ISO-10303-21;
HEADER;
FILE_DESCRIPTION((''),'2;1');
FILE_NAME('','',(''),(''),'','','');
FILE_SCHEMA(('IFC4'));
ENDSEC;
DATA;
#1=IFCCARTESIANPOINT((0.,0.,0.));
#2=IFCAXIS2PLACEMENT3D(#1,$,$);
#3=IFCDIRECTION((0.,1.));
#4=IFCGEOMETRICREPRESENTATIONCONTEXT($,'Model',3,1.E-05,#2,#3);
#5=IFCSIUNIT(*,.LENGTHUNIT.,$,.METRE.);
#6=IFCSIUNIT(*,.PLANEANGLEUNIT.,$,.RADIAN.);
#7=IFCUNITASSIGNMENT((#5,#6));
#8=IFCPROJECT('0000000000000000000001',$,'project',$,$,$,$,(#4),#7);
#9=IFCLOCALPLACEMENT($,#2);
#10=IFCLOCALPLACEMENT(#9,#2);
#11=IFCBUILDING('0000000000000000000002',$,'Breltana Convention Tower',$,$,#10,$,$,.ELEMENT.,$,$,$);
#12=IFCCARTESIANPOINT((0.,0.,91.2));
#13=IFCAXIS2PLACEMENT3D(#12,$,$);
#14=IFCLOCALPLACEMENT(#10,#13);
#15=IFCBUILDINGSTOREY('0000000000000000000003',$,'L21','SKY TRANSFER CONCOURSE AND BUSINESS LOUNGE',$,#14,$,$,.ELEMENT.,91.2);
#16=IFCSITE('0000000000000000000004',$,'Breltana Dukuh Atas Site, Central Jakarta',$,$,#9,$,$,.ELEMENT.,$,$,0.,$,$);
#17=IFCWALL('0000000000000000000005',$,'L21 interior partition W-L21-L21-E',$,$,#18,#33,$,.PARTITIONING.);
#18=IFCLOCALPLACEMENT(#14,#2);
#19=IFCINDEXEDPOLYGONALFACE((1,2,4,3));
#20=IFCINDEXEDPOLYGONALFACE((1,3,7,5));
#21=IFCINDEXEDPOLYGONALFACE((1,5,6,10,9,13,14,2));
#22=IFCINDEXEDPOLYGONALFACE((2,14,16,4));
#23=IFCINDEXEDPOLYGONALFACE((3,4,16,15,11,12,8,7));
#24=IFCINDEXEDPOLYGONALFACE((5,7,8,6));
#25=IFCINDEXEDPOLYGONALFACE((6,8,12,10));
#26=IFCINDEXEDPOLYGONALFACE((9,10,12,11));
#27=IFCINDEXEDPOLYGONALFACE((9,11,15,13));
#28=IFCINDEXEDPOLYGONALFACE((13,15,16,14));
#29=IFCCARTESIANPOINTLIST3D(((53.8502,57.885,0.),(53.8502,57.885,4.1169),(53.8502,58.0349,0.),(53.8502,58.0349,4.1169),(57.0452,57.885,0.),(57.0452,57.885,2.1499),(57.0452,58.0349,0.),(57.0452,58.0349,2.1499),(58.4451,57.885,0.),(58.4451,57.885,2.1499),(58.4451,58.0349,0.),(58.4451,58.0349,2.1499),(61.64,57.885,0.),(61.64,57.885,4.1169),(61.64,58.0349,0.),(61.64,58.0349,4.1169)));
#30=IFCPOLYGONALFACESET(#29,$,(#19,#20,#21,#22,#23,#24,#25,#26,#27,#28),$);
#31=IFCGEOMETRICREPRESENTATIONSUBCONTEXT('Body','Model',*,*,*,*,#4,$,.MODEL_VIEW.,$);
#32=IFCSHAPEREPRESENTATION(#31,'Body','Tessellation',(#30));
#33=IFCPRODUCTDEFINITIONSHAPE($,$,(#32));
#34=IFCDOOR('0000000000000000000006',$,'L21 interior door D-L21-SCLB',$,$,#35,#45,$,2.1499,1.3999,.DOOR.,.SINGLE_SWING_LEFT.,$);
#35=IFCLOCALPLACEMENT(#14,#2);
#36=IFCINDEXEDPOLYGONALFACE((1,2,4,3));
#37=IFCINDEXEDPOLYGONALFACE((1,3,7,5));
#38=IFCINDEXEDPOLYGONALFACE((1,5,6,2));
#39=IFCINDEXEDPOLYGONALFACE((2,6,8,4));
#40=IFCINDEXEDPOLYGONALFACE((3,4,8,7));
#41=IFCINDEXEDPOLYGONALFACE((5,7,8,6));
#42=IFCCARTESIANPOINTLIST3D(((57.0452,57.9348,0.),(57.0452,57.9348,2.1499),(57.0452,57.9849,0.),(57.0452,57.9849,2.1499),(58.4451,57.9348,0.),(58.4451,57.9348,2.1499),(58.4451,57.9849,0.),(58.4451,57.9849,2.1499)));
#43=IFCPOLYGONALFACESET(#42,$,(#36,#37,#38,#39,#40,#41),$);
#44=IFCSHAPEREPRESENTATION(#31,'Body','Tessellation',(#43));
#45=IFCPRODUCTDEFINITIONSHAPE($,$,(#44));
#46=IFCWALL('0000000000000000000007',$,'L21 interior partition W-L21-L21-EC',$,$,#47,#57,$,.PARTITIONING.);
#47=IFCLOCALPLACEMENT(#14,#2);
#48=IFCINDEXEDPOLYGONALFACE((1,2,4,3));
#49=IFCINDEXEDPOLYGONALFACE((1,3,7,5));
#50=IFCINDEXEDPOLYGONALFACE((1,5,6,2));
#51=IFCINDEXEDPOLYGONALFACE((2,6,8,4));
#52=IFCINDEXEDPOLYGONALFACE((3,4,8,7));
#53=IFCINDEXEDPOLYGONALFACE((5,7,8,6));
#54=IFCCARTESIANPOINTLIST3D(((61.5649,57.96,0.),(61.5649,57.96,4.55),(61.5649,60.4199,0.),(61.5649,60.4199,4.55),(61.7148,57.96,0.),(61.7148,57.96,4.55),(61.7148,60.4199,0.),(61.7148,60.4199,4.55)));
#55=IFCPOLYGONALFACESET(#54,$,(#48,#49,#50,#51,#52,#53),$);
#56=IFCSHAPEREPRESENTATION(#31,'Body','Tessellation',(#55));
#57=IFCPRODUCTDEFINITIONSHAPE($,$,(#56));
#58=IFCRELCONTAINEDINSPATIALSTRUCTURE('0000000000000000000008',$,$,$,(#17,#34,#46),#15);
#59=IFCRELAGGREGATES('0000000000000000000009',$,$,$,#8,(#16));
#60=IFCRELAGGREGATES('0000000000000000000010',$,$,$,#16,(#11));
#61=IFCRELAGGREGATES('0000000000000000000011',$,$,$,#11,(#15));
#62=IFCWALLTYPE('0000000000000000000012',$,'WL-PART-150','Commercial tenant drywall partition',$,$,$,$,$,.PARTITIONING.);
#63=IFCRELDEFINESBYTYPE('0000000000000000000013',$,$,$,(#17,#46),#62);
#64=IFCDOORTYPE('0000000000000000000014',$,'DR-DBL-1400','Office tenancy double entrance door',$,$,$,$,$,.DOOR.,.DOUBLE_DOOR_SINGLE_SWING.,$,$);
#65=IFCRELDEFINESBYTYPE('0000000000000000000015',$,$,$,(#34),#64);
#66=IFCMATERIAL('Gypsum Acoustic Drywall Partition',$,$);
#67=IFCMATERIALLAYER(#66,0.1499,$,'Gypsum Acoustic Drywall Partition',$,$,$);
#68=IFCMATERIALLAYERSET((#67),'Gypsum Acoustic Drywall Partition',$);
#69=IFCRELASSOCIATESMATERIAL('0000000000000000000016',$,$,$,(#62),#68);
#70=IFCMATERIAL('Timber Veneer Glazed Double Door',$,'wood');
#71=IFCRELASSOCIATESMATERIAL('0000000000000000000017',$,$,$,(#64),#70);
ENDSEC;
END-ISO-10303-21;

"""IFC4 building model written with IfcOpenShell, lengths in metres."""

from ifc_helpers import new_model, si_unit, direction, frame, frame_2d, origin, place, context, subcontext, project, spatial, rectangle, extrude, source, transform, mapped, material, layer, layer_set, type_object, type_shapes, element, fill, save


model = new_model("IFC4")

# Units and contexts
model_context = context("Model", 3, precision=1e-05, world=origin(), true_north=direction((0.0, 1.0)))
body_context = subcontext(model_context, "Body", "Model", "MODEL_VIEW")
ifc_project = project(units=[si_unit("LENGTHUNIT", "METRE"), si_unit("PLANEANGLEUNIT", "RADIAN")], contexts=[model_context])

# Site, building, storey
site_placement = place(None, origin())
site = spatial("IfcSite", under=ifc_project, at=site_placement, Name="Breltana Dukuh Atas Site, Central Jakarta", CompositionType="ELEMENT", RefElevation=0.0)
building_placement = place(site_placement, origin())
building = spatial("IfcBuilding", under=site, at=building_placement, Name="Breltana Convention Tower", CompositionType="ELEMENT")
storey_placement = place(building_placement, frame((0.0, 0.0, 91.2)))
storey = spatial("IfcBuildingStorey", under=building, at=storey_placement, Name="L21", Description="SKY TRANSFER CONCOURSE AND BUSINESS LOUNGE", CompositionType="ELEMENT", Elevation=91.2)

# Shared definitions
ifc_material_1 = material(Name="Gypsum Acoustic Drywall Partition")
ifc_layer_1 = layer(ifc_material_1, 0.1499, Name="Gypsum Acoustic Drywall Partition")
ifc_layer_set_1 = layer_set([ifc_layer_1], Name="Gypsum Acoustic Drywall Partition")
wall_type_1 = type_object("IfcWallType", Name="WL-PART-150", Description="Commercial tenant drywall partition", PredefinedType="PARTITIONING", material=ifc_layer_set_1)

# Wall, opening, door
shared_shape_1 = source(origin(), body_context, "Body", "SweptSolid", [
    extrude(rectangle(XDim=7.7898, YDim=0.1499, at=frame_2d((3.895, 0.0))), origin(), (0.0, 0.0, 1.0), 4.1169),
])
wall_1_placement = place(storey_placement, frame((53.8501, 57.96, 0.0), z_axis=(0.0, 0.0, 1.0), x_axis=(1.0, 0.0, 0.0)))
wall_1 = element("IfcWall", 1, at=wall_1_placement, inside=storey, type_object=wall_type_1, Name="L21 interior partition W-L21-L21-E", PredefinedType="PARTITIONING", context=body_context, shape_type="MappedRepresentation", body=[
    mapped(shared_shape_1, transform((0.0, 0.0, 0.0), scale=1.0)),
])
opening_1_placement = place(wall_1_placement, frame((3.1951, 0.0, 0.0)))
opening_1 = element("IfcOpeningElement", 2, at=opening_1_placement, cuts=wall_1, PredefinedType="OPENING", context=body_context, shape_type="SweptSolid", body=[
    extrude(rectangle(XDim=1.3999, YDim=2.1499, at=frame_2d((0.7, 1.075))), frame((0.0, 0.085, 0.0), z_axis=(0.0, -1.0, 0.0), x_axis=(1.0, 0.0, 0.0)), (0.0, 0.0, 1.0), 0.1699),
])
ifc_material_2 = material(Name="Timber Veneer Glazed Double Door", Category="wood")
door_type_1 = type_object("IfcDoorType", Name="DR-DBL-1400", Description="Office tenancy double entrance door", OperationType="DOUBLE_DOOR_SINGLE_SWING", PredefinedType="DOOR", material=ifc_material_2)
shared_shape_2 = source(origin(), body_context, "Body", "SweptSolid", [
    extrude(rectangle(XDim=1.3999, YDim=2.1499, at=frame_2d((0.7, 1.075))), frame((0.0, 0.0249, 0.0), z_axis=(0.0, -1.0, 0.0), x_axis=(1.0, 0.0, 0.0)), (0.0, 0.0, 1.0), 0.05),
])
type_shapes(door_type_1, [shared_shape_2])
door_1_placement = place(opening_1_placement, origin())
door_1 = element("IfcDoor", 3, at=door_1_placement, inside=storey, type_object=door_type_1, Name="L21 interior door D-L21-SCLB", OperationType="SINGLE_SWING_LEFT", OverallHeight=2.1499, OverallWidth=1.3999, PredefinedType="DOOR", context=body_context, shape_type="MappedRepresentation", body=[
    mapped(shared_shape_2, transform((0.0, 0.0, 0.0), scale=1.0)),
])
fill(opening_1, door_1)

# Wall
shared_shape_3 = source(origin(), body_context, "Body", "SweptSolid", [
    extrude(rectangle(XDim=2.46, YDim=0.1499, at=frame_2d((1.23, 0.0))), origin(), (0.0, 0.0, 1.0), 4.55),
])
wall_2_placement = place(storey_placement, frame((61.6399, 57.96, 0.0), z_axis=(0.0, 0.0, 1.0), x_axis=(0.0, 1.0, 0.0)))
element("IfcWall", 4, at=wall_2_placement, inside=storey, type_object=wall_type_1, Name="L21 interior partition W-L21-L21-EC", PredefinedType="PARTITIONING", context=body_context, shape_type="MappedRepresentation", body=[
    mapped(shared_shape_3, transform((0.0, 0.0, 0.0), scale=1.0)),
])

save(model, "model.ifc")
